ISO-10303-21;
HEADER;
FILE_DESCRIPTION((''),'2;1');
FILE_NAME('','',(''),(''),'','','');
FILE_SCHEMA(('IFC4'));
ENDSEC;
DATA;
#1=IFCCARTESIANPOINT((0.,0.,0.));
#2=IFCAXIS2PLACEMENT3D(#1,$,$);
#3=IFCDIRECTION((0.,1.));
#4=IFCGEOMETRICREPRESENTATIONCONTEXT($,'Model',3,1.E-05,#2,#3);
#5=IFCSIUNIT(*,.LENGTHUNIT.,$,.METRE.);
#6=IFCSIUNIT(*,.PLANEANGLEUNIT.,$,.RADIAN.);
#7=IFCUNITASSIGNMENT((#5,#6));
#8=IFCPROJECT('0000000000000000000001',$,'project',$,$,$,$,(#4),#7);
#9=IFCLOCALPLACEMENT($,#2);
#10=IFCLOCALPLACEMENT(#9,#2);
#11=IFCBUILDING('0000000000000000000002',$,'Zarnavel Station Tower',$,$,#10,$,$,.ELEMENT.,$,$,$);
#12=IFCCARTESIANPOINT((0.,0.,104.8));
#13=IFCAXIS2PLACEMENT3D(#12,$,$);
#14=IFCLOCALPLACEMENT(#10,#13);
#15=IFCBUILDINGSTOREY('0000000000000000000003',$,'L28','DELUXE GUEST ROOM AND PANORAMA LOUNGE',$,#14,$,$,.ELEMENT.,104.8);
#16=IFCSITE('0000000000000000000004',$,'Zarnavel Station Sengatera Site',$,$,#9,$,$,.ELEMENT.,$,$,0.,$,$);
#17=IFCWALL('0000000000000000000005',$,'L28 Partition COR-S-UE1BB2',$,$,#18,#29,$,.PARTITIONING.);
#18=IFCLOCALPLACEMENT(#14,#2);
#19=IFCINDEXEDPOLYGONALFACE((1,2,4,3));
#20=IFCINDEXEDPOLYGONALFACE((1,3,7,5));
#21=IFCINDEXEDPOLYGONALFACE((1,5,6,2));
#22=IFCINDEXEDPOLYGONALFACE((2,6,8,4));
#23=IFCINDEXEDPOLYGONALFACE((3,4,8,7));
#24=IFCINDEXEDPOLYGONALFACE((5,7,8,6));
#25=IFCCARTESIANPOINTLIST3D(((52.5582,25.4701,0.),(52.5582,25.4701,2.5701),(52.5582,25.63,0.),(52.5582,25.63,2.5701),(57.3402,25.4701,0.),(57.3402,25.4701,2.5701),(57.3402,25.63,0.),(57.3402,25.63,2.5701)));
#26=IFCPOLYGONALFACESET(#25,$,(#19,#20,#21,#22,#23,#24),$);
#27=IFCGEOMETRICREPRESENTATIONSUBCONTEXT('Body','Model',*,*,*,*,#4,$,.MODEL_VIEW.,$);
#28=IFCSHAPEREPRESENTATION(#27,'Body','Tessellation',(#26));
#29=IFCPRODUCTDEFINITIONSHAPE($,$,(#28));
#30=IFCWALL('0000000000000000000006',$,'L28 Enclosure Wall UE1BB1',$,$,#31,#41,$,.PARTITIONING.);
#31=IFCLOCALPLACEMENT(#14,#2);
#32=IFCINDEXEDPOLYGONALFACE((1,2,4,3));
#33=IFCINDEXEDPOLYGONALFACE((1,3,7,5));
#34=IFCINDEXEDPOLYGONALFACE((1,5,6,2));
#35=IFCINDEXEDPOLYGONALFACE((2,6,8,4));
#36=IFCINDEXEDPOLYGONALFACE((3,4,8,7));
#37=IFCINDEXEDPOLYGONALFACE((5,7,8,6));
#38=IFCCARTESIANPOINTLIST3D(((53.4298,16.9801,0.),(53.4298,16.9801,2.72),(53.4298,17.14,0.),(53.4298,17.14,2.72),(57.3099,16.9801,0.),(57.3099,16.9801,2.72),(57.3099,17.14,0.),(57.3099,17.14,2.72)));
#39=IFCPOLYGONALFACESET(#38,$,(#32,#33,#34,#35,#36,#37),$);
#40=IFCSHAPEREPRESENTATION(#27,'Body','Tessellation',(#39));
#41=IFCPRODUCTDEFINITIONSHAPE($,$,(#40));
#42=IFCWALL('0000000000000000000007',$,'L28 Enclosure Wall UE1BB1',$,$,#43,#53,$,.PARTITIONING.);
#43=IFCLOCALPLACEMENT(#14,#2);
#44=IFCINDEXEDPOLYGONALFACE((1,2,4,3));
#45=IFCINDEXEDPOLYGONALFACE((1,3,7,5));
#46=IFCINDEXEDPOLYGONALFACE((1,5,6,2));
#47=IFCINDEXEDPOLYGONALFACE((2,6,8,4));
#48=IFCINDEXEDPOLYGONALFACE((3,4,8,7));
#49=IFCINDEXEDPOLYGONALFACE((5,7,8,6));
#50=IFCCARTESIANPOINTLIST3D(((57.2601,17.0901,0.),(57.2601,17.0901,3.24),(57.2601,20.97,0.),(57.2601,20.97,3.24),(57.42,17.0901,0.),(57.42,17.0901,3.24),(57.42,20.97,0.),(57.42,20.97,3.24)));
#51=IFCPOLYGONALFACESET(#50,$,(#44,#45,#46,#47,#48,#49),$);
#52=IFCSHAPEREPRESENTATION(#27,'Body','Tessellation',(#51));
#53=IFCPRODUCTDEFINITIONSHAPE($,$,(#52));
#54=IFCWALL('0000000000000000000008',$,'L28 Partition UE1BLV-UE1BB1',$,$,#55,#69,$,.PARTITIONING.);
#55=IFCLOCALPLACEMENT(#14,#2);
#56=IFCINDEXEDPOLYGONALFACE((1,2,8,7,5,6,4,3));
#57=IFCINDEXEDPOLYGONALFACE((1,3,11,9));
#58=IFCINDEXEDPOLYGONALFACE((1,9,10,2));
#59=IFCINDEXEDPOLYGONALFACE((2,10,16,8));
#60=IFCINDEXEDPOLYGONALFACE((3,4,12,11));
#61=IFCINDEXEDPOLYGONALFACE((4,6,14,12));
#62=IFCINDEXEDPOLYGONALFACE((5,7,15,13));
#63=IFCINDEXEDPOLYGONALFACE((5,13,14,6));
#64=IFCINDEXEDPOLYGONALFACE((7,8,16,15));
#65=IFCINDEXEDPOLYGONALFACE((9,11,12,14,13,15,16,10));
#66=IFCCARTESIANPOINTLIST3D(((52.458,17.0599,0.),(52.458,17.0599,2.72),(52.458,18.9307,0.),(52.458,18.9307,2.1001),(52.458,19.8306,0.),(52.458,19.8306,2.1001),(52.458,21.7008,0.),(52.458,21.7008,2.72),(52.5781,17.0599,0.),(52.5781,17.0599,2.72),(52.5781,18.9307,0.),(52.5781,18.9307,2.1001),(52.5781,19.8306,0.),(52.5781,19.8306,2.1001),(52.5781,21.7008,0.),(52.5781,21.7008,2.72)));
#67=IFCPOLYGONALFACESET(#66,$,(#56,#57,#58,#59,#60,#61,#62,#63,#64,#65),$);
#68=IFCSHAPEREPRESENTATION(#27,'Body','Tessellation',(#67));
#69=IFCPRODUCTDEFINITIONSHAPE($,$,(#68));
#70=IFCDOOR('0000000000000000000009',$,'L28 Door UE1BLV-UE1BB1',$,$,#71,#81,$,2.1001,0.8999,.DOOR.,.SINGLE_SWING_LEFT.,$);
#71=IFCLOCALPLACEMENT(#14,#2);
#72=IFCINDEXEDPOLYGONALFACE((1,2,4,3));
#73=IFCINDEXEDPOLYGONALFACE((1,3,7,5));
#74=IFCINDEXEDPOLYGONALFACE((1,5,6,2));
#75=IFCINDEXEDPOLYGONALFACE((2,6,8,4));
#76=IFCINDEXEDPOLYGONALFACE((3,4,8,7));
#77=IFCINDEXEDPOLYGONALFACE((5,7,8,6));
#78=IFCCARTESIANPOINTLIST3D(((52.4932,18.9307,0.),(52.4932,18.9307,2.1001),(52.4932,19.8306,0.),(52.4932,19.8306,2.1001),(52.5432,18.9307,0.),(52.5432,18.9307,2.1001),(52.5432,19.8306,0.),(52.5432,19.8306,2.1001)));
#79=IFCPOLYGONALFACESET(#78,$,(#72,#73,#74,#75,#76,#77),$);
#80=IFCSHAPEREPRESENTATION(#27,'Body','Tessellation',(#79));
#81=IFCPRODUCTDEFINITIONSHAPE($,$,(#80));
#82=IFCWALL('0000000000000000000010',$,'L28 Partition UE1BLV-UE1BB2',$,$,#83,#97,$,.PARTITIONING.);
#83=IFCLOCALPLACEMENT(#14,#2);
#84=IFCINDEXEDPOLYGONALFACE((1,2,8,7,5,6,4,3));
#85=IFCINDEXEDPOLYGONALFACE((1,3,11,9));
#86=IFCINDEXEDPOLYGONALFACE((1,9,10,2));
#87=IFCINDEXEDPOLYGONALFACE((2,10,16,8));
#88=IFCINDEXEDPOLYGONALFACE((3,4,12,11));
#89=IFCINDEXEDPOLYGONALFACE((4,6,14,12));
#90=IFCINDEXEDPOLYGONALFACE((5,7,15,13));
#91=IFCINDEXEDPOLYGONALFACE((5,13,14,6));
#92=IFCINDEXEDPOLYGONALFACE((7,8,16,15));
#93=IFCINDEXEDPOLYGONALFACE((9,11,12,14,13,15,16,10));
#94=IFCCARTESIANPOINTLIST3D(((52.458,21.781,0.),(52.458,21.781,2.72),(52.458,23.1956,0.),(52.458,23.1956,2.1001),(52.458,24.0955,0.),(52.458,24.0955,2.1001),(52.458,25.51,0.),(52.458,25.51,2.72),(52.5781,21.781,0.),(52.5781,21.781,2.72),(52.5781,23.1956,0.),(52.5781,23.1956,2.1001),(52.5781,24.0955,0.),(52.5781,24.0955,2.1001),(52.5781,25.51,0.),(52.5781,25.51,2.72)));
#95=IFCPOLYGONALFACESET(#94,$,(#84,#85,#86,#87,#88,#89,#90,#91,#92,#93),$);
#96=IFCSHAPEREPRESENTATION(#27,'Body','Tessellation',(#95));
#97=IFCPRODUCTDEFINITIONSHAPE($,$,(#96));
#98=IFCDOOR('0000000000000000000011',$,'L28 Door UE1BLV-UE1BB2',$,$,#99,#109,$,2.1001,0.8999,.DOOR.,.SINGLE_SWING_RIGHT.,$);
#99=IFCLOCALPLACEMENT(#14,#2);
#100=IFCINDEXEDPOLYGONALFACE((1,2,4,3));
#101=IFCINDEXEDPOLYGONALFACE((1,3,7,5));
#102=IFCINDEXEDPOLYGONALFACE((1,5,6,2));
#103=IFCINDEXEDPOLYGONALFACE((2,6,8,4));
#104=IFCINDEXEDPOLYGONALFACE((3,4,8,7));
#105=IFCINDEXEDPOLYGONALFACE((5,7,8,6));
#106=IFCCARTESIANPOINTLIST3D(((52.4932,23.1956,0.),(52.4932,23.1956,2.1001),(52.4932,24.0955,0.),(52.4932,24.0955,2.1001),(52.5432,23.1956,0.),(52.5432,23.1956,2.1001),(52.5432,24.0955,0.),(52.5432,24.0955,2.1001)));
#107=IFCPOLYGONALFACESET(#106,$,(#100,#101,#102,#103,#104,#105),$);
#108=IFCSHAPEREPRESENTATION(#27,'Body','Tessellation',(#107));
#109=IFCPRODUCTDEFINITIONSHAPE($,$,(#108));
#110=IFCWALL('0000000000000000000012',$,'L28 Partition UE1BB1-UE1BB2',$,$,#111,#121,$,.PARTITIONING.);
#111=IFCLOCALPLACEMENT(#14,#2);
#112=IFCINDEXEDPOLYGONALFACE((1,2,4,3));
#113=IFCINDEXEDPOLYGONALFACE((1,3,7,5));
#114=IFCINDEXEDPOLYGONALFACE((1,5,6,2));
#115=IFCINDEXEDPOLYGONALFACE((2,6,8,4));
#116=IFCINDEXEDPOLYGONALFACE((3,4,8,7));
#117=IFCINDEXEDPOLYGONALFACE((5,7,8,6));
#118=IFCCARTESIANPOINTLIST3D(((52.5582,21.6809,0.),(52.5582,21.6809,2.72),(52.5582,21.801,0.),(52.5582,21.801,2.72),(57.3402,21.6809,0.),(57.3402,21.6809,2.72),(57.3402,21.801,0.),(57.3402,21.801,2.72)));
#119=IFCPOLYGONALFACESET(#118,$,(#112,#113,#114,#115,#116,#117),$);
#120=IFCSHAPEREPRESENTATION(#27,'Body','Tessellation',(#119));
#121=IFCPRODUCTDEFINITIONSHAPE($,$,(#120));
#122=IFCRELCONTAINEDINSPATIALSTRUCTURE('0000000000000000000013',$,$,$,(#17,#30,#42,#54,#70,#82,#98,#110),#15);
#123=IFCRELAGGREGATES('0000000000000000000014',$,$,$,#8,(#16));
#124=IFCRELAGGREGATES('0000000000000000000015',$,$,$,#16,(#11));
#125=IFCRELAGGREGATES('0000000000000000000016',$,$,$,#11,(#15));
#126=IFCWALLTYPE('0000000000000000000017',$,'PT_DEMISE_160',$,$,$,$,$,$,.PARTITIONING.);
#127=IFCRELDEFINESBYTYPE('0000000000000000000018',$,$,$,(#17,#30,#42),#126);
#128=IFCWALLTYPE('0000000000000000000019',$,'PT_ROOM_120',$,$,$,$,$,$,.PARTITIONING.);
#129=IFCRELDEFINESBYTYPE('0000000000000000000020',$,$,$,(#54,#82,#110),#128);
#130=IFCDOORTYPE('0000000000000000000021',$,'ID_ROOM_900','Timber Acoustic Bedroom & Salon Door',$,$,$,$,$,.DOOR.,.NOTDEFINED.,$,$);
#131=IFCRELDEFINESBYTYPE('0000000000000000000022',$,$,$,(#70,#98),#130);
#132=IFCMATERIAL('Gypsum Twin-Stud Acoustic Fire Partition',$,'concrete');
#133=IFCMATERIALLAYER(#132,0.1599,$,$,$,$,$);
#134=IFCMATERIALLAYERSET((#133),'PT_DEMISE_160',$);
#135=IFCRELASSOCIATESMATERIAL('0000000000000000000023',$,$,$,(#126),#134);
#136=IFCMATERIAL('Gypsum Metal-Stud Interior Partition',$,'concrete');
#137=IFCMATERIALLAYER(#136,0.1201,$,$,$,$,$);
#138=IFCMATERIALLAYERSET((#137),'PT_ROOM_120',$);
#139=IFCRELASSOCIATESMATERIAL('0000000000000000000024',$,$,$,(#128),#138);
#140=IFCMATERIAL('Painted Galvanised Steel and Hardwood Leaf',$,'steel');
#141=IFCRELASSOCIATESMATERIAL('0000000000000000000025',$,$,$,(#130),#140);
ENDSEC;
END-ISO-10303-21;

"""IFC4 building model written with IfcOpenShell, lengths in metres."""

from ifc_helpers import new_model, si_unit, direction, frame, frame_2d, origin, place, context, subcontext, project, spatial, rectangle, extrude, material, layer, layer_set, type_object, element, fill, save


model = new_model("IFC4")

# Units and contexts
model_context = context("Model", 3, precision=1e-05, world=origin(), true_north=direction((0.0, 1.0)))
body_context = subcontext(model_context, "Body", "Model", "MODEL_VIEW")
ifc_project = project(units=[si_unit("LENGTHUNIT", "METRE"), si_unit("PLANEANGLEUNIT", "RADIAN")], contexts=[model_context])

# Site, building, storey
site_placement = place(None, origin())
site = spatial("IfcSite", under=ifc_project, at=site_placement, Name="Zarnavel Station Sengatera Site", CompositionType="ELEMENT", RefElevation=0.0)
building_placement = place(site_placement, origin())
building = spatial("IfcBuilding", under=site, at=building_placement, Name="Zarnavel Station Tower", CompositionType="ELEMENT")
storey_placement = place(building_placement, frame((0.0, 0.0, 104.8)))
storey = spatial("IfcBuildingStorey", under=building, at=storey_placement, Name="L28", Description="DELUXE GUEST ROOM AND PANORAMA LOUNGE", CompositionType="ELEMENT", Elevation=104.8)

# Walls
ifc_material_1 = material(Name="Gypsum Twin-Stud Acoustic Fire Partition", Category="concrete")
ifc_layer_1 = layer(ifc_material_1, 0.1599)
ifc_layer_set_1 = layer_set([ifc_layer_1], Name="PT_DEMISE_160")
wall_type_1 = type_object("IfcWallType", Name="PT_DEMISE_160", PredefinedType="PARTITIONING", material=ifc_layer_set_1)
wall_1_placement = place(storey_placement, frame((52.5581, 25.55, 0.0), z_axis=(0.0, 0.0, 1.0), x_axis=(1.0, 0.0, 0.0)))
element("IfcWall", 1, at=wall_1_placement, inside=storey, type_object=wall_type_1, Name="L28 Partition COR-S-UE1BB2", PredefinedType="PARTITIONING", context=body_context, shape_type="SweptSolid", body=[
    extrude(rectangle(XDim=4.782, YDim=0.1599, at=frame_2d((2.3911, 0.0))), origin(), (0.0, 0.0, 1.0), 2.5701),
])
wall_2_placement = place(storey_placement, frame((53.4299, 17.0601, 0.0), z_axis=(0.0, 0.0, 1.0), x_axis=(1.0, 0.0, 0.0)))
element("IfcWall", 2, at=wall_2_placement, inside=storey, type_object=wall_type_1, Name="L28 Enclosure Wall UE1BB1", PredefinedType="PARTITIONING", context=body_context, shape_type="SweptSolid", body=[
    extrude(rectangle(XDim=3.8801, YDim=0.1599, at=frame_2d((1.9399, 0.0))), origin(), (0.0, 0.0, 1.0), 2.72),
])
wall_3_placement = place(storey_placement, frame((57.3401, 17.0901, 0.0), z_axis=(0.0, 0.0, 1.0), x_axis=(0.0, 1.0, 0.0)))
element("IfcWall", 3, at=wall_3_placement, inside=storey, type_object=wall_type_1, Name="L28 Enclosure Wall UE1BB1", PredefinedType="PARTITIONING", context=body_context, shape_type="SweptSolid", body=[
    extrude(rectangle(XDim=3.8799, YDim=0.1599, at=frame_2d((1.9399, 0.0))), origin(), (0.0, 0.0, 1.0), 3.24),
])

# Walls, openings, doors
ifc_material_2 = material(Name="Gypsum Metal-Stud Interior Partition", Category="concrete")
ifc_layer_2 = layer(ifc_material_2, 0.1201)
ifc_layer_set_2 = layer_set([ifc_layer_2], Name="PT_ROOM_120")
wall_type_2 = type_object("IfcWallType", Name="PT_ROOM_120", PredefinedType="PARTITIONING", material=ifc_layer_set_2)
wall_4_placement = place(storey_placement, frame((52.5181, 17.0601, 0.0), z_axis=(0.0, 0.0, 1.0), x_axis=(0.0, 1.0, 0.0)))
wall_4 = element("IfcWall", 4, at=wall_4_placement, inside=storey, type_object=wall_type_2, Name="L28 Partition UE1BLV-UE1BB1", PredefinedType="PARTITIONING", context=body_context, shape_type="SweptSolid", body=[
    extrude(rectangle(XDim=4.6409, YDim=0.1201, at=frame_2d((2.3203, 0.0))), origin(), (0.0, 0.0, 1.0), 2.72),
])
opening_1_placement = place(wall_4_placement, frame((1.8706, 0.0, 0.0)))
opening_1 = element("IfcOpeningElement", 5, at=opening_1_placement, cuts=wall_4, PredefinedType="OPENING", context=body_context, shape_type="SweptSolid", body=[
    extrude(rectangle(XDim=0.8999, YDim=2.1001, at=frame_2d((0.45, 1.05))), frame((0.0, 0.0701, 0.0), z_axis=(0.0, -1.0, 0.0), x_axis=(1.0, 0.0, 0.0)), (0.0, 0.0, 1.0), 0.1401),
])
ifc_material_3 = material(Name="Painted Galvanised Steel and Hardwood Leaf", Category="steel")
door_type = type_object("IfcDoorType", Name="ID_ROOM_900", Description="Timber Acoustic Bedroom & Salon Door", OperationType="NOTDEFINED", PredefinedType="DOOR", material=ifc_material_3)
door_1_placement = place(opening_1_placement, origin())
door_1 = element("IfcDoor", 6, at=door_1_placement, inside=storey, type_object=door_type, Name="L28 Door UE1BLV-UE1BB1", OperationType="SINGLE_SWING_LEFT", OverallHeight=2.1001, OverallWidth=0.8999, PredefinedType="DOOR", context=body_context, shape_type="SweptSolid", body=[
    extrude(rectangle(XDim=0.8999, YDim=2.1001, at=frame_2d((0.45, 1.05))), frame((0.0, 0.0249, 0.0), z_axis=(0.0, -1.0, 0.0), x_axis=(1.0, 0.0, 0.0)), (0.0, 0.0, 1.0), 0.05),
])
fill(opening_1, door_1)
wall_5_placement = place(storey_placement, frame((52.5181, 21.781, 0.0), z_axis=(0.0, 0.0, 1.0), x_axis=(0.0, 1.0, 0.0)))
wall_5 = element("IfcWall", 7, at=wall_5_placement, inside=storey, type_object=wall_type_2, Name="L28 Partition UE1BLV-UE1BB2", PredefinedType="PARTITIONING", context=body_context, shape_type="SweptSolid", body=[
    extrude(rectangle(XDim=3.729, YDim=0.1201, at=frame_2d((1.8645, 0.0))), origin(), (0.0, 0.0, 1.0), 2.72),
])
opening_2_placement = place(wall_5_placement, frame((1.4146, 0.0, 0.0)))
opening_2 = element("IfcOpeningElement", 8, at=opening_2_placement, cuts=wall_5, PredefinedType="OPENING", context=body_context, shape_type="SweptSolid", body=[
    extrude(rectangle(XDim=0.8999, YDim=2.1001, at=frame_2d((0.45, 1.05))), frame((0.0, 0.0701, 0.0), z_axis=(0.0, -1.0, 0.0), x_axis=(1.0, 0.0, 0.0)), (0.0, 0.0, 1.0), 0.1401),
])
door_2_placement = place(opening_2_placement, origin())
door_2 = element("IfcDoor", 9, at=door_2_placement, inside=storey, type_object=door_type, Name="L28 Door UE1BLV-UE1BB2", OperationType="SINGLE_SWING_RIGHT", OverallHeight=2.1001, OverallWidth=0.8999, PredefinedType="DOOR", context=body_context, shape_type="SweptSolid", body=[
    extrude(rectangle(XDim=0.8999, YDim=2.1001, at=frame_2d((0.45, 1.05))), frame((0.0, 0.0249, 0.0), z_axis=(0.0, -1.0, 0.0), x_axis=(1.0, 0.0, 0.0)), (0.0, 0.0, 1.0), 0.05),
])
fill(opening_2, door_2)

# Wall
wall_6_placement = place(storey_placement, frame((52.5581, 21.741, 0.0), z_axis=(0.0, 0.0, 1.0), x_axis=(1.0, 0.0, 0.0)))
element("IfcWall", 10, at=wall_6_placement, inside=storey, type_object=wall_type_2, Name="L28 Partition UE1BB1-UE1BB2", PredefinedType="PARTITIONING", context=body_context, shape_type="SweptSolid", body=[
    extrude(rectangle(XDim=4.782, YDim=0.1201, at=frame_2d((2.3911, 0.0))), origin(), (0.0, 0.0, 1.0), 2.72),
])

save(model, "model.ifc")
